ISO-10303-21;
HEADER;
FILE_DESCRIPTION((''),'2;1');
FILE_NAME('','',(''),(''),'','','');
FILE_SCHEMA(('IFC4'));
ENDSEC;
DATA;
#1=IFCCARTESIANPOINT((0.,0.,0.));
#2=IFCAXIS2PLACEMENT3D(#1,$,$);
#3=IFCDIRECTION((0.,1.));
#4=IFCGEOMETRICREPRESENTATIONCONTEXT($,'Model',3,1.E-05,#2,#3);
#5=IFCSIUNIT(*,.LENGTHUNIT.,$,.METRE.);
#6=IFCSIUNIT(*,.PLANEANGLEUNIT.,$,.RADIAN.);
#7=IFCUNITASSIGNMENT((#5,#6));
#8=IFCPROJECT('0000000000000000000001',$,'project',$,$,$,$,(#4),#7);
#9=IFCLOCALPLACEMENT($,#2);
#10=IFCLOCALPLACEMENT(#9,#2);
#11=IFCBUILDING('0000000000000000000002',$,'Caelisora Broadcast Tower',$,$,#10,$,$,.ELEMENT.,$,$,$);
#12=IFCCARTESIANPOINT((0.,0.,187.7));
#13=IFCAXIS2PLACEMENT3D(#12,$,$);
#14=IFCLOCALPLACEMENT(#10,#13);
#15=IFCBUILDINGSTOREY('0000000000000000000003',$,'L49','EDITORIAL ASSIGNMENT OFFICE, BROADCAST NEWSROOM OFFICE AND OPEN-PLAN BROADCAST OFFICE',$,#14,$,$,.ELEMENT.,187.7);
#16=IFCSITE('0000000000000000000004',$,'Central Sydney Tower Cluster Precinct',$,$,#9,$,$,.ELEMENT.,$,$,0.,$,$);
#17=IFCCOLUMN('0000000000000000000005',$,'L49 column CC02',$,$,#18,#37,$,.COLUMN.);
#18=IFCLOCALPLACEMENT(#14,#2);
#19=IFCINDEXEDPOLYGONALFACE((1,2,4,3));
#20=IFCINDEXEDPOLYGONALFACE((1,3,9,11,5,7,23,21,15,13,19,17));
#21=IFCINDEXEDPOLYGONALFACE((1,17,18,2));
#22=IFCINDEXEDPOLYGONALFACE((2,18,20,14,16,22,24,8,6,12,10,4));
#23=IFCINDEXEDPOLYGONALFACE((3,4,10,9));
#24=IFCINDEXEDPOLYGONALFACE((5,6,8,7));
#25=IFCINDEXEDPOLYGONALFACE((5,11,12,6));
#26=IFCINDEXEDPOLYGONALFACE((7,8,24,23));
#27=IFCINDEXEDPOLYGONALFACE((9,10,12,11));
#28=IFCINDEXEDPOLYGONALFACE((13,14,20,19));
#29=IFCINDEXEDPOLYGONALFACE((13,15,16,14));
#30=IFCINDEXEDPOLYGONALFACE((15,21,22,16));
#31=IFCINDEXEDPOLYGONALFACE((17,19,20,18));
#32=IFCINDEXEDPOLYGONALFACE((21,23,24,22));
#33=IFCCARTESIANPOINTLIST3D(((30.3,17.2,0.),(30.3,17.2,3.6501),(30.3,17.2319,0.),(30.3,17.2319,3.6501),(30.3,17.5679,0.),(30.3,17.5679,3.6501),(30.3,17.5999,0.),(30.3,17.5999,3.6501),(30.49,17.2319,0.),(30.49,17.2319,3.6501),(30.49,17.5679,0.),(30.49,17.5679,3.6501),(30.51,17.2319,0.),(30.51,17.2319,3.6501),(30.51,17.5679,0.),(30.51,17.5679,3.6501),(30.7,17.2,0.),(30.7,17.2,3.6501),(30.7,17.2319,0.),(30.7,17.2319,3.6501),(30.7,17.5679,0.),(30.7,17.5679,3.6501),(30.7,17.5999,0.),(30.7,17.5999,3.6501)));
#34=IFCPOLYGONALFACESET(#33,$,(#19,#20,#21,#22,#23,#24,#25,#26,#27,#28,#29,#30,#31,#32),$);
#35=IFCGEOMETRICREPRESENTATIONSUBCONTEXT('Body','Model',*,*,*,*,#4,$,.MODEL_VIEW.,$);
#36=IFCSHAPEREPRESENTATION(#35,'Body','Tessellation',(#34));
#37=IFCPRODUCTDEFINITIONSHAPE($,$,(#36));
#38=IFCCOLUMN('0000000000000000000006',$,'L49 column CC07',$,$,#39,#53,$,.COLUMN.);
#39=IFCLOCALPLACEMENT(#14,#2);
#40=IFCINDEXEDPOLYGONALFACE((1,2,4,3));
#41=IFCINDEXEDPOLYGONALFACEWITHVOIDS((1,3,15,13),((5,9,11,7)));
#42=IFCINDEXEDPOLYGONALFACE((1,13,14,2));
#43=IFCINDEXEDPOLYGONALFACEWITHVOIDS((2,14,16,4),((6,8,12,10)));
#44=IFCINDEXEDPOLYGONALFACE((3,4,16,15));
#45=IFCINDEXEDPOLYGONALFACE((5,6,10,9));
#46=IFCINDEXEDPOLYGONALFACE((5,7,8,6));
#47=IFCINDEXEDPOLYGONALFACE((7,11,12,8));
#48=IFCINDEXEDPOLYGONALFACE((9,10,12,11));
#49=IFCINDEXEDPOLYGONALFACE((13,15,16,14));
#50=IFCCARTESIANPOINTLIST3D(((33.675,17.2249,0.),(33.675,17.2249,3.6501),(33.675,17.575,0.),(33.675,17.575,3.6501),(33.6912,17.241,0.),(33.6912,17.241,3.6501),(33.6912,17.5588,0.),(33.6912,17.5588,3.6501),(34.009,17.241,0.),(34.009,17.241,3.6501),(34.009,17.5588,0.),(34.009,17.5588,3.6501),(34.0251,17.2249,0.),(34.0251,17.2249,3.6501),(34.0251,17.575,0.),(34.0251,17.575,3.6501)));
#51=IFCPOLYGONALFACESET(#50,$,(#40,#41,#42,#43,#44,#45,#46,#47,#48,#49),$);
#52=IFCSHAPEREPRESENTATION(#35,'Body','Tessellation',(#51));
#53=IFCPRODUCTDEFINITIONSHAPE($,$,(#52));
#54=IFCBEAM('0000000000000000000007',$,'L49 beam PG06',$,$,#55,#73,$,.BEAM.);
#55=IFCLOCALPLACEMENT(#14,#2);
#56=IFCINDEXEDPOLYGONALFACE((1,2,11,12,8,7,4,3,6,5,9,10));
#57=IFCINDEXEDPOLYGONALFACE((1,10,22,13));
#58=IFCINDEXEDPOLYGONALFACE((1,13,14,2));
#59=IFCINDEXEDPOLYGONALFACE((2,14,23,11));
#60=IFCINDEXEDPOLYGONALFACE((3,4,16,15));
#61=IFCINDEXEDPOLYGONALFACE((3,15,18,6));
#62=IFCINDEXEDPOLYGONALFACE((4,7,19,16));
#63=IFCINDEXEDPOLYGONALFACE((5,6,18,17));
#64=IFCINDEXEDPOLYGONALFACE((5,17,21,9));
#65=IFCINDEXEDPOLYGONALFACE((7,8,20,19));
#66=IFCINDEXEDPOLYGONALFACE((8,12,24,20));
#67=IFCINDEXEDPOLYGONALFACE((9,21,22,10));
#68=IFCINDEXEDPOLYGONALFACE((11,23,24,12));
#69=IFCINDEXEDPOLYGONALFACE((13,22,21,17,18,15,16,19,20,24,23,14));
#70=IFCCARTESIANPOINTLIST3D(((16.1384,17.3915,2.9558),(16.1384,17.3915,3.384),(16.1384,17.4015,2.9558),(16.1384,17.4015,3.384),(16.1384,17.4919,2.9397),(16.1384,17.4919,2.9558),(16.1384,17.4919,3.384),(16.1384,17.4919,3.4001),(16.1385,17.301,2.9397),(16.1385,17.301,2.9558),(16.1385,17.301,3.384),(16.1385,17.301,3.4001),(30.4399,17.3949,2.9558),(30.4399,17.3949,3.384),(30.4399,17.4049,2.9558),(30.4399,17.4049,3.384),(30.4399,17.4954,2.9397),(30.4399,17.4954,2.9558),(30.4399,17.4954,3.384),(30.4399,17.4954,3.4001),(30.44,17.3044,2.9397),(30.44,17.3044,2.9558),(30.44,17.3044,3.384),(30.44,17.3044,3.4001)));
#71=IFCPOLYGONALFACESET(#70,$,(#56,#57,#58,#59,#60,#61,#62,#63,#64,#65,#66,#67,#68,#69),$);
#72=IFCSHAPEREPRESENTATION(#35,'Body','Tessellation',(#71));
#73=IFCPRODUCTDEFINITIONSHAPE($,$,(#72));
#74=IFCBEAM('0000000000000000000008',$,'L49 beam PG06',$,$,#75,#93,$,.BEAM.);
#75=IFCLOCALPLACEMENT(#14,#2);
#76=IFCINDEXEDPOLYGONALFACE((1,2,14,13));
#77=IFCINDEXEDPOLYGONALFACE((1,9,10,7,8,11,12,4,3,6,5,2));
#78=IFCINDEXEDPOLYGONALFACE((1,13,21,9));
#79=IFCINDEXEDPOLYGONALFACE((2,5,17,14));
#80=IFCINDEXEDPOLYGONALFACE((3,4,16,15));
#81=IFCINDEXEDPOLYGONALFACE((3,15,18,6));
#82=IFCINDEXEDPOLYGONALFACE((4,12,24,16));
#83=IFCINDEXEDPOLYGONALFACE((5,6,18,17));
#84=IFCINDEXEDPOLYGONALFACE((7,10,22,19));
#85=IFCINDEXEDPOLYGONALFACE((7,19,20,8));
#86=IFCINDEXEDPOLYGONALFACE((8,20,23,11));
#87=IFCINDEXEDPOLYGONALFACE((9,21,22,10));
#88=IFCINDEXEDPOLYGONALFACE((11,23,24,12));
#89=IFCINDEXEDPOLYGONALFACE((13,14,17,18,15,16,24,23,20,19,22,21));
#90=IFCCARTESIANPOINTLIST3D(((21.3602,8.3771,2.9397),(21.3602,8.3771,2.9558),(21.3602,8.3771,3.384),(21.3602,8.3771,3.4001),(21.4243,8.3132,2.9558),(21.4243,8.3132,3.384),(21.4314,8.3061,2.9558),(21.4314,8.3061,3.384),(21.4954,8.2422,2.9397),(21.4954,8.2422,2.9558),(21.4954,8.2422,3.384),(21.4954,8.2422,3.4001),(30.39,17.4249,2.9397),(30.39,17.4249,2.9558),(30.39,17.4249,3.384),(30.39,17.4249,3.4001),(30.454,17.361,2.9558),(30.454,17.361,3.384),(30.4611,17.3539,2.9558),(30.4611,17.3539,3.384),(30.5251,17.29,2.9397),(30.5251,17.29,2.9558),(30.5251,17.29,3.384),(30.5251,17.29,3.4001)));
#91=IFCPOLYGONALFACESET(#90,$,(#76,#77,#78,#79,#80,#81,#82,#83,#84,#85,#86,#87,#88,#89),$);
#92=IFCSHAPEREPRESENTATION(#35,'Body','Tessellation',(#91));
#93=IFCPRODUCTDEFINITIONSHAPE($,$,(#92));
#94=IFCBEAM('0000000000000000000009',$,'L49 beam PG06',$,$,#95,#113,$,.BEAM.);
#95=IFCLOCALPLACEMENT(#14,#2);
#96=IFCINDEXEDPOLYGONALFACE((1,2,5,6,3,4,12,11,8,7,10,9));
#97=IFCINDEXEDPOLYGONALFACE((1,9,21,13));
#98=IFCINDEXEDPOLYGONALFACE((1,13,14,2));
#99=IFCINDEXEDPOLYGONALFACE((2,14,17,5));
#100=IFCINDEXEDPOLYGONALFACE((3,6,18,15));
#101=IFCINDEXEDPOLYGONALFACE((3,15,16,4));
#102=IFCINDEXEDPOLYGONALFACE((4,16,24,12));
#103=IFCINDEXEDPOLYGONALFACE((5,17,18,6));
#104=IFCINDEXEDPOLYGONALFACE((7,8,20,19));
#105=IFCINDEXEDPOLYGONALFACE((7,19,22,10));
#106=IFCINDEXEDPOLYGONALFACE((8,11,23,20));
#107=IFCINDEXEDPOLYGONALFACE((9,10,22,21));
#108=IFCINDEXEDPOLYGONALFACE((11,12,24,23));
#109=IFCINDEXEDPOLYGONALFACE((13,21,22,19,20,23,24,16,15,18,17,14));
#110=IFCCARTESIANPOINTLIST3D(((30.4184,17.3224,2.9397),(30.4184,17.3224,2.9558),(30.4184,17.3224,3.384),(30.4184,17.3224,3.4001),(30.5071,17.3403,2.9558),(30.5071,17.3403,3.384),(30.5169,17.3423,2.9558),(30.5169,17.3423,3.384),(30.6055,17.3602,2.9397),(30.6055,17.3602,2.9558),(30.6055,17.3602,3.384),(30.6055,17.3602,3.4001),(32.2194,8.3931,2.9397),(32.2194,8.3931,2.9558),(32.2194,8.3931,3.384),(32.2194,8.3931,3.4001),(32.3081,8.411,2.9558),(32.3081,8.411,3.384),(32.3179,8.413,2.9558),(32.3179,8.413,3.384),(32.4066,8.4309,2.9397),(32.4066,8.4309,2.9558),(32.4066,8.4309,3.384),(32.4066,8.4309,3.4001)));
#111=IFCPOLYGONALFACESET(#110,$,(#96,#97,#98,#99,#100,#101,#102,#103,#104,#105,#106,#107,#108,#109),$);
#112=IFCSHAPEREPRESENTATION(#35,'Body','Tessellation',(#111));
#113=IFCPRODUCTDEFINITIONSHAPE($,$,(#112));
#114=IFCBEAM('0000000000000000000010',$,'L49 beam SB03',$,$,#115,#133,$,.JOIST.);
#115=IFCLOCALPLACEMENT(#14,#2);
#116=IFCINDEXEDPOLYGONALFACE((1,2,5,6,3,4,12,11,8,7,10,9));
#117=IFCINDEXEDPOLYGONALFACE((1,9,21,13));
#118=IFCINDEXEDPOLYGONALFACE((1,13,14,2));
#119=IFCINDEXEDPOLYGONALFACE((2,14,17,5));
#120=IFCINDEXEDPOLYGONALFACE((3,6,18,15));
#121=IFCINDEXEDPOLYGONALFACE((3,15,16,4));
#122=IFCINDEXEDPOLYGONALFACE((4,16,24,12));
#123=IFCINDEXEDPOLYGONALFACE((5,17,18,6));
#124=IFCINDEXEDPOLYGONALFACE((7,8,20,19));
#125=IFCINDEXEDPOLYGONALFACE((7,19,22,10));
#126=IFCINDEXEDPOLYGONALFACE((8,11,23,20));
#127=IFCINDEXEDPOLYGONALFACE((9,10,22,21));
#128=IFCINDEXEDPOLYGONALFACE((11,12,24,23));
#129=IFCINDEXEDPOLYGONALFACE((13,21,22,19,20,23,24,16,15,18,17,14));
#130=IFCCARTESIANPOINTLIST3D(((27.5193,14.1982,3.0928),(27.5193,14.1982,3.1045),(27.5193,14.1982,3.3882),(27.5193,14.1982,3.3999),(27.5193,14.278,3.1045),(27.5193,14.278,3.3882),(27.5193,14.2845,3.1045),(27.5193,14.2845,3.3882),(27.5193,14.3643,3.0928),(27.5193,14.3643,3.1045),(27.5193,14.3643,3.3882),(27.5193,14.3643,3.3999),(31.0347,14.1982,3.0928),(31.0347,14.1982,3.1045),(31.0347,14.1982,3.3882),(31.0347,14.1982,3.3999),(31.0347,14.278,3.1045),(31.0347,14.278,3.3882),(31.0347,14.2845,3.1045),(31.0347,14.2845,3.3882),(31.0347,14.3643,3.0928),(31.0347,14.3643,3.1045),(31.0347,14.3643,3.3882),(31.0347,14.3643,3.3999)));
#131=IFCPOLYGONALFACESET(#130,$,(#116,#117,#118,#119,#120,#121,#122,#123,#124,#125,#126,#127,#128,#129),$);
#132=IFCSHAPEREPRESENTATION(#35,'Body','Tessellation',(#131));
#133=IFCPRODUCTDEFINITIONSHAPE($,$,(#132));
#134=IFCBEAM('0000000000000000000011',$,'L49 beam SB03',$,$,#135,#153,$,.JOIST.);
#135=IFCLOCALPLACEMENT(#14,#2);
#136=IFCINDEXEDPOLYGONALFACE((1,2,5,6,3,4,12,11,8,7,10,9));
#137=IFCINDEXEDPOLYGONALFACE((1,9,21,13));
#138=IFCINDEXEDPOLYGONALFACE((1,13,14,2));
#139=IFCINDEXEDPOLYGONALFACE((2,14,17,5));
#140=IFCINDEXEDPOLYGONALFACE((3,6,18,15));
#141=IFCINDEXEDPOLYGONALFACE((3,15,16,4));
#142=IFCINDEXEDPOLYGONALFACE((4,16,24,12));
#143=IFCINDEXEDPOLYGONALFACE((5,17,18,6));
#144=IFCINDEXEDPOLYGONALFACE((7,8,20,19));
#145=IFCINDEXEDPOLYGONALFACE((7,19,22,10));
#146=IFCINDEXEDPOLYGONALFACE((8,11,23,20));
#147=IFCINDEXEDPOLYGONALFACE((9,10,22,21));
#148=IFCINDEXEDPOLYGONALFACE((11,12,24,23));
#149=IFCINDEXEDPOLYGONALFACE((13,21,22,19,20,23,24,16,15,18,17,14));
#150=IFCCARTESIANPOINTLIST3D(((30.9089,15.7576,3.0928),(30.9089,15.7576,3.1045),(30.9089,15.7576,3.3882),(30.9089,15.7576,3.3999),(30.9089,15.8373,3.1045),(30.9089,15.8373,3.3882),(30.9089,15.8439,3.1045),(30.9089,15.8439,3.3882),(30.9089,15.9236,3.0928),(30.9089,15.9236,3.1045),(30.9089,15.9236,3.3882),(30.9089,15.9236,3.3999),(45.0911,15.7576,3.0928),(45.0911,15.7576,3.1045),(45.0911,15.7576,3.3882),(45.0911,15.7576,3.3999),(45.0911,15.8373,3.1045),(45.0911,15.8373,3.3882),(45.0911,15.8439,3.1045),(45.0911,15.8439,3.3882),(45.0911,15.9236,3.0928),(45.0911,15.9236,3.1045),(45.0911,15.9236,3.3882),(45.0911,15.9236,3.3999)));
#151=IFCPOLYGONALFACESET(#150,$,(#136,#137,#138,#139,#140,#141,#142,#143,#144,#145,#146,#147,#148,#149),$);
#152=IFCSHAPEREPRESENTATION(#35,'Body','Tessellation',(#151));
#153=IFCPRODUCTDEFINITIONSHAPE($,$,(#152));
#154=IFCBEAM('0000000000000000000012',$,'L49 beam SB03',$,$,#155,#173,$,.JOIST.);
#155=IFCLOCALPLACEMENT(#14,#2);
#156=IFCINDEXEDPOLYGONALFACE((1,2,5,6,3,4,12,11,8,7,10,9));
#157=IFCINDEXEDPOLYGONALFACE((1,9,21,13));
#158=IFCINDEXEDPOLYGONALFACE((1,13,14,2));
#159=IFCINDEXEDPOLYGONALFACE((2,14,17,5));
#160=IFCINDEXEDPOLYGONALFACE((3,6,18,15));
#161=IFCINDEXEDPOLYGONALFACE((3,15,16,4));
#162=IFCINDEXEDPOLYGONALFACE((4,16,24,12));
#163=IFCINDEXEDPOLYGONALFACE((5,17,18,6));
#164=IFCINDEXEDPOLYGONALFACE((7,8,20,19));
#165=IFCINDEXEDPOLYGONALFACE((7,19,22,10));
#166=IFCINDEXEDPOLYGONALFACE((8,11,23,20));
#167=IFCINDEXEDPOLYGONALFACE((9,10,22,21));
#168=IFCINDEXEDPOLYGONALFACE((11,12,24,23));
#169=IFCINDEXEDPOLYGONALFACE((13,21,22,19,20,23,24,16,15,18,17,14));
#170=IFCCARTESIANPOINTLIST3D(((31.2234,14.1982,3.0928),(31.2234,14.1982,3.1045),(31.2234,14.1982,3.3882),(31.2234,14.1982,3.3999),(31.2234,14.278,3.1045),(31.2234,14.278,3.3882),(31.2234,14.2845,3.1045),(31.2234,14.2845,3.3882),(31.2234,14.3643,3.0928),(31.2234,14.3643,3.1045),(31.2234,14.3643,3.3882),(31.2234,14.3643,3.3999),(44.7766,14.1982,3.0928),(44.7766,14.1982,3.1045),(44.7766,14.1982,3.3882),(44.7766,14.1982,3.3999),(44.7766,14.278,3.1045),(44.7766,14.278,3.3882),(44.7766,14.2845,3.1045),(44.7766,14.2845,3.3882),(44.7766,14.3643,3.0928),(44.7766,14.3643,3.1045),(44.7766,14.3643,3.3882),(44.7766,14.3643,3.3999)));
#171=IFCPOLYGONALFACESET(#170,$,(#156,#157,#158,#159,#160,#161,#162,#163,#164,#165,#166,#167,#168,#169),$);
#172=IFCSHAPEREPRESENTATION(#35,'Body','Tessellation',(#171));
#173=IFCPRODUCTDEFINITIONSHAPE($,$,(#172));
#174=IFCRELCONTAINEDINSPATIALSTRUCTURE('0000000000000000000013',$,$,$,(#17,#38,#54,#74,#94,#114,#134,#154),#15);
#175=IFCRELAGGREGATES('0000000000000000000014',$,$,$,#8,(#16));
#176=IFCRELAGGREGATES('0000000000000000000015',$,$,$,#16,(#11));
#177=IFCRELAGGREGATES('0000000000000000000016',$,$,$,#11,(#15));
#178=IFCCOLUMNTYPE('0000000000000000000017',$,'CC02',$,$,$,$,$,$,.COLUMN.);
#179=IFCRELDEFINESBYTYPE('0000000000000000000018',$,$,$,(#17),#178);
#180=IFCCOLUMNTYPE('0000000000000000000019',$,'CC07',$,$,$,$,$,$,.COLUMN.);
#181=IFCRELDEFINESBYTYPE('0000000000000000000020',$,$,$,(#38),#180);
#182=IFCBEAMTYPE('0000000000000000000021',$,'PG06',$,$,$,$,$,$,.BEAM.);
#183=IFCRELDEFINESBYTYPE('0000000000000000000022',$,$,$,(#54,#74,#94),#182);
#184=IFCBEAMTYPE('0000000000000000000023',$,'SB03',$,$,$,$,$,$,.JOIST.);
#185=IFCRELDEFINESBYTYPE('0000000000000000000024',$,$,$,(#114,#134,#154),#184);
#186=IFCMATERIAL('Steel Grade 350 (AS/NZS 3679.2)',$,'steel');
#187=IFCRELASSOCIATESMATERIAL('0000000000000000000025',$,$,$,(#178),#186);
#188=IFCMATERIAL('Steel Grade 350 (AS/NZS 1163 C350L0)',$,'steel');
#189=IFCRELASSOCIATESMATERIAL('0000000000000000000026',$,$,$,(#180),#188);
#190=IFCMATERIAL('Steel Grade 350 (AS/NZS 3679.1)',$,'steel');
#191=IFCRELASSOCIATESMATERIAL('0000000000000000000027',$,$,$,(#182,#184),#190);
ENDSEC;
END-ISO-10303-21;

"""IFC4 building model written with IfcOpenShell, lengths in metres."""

from ifc_helpers import new_model, si_unit, direction, frame, origin, origin_2d, place, context, subcontext, project, spatial, hollow_rectangle, i_section, extrude, source, transform, mapped, material, material_profile, profile_set, type_object, type_shapes, element, save


model = new_model("IFC4")

# Units and contexts
model_context = context("Model", 3, precision=1e-05, world=origin(), true_north=direction((0.0, 1.0)))
body_context = subcontext(model_context, "Body", "Model", "MODEL_VIEW")
ifc_project = project(units=[si_unit("LENGTHUNIT", "METRE"), si_unit("PLANEANGLEUNIT", "RADIAN")], contexts=[model_context])

# Site, building, storey
site_placement = place(None, origin())
site = spatial("IfcSite", under=ifc_project, at=site_placement, Name="Central Sydney Tower Cluster Precinct", CompositionType="ELEMENT", RefElevation=0.0)
building_placement = place(site_placement, origin())
building = spatial("IfcBuilding", under=site, at=building_placement, Name="Caelisora Broadcast Tower", CompositionType="ELEMENT")
storey_placement = place(building_placement, frame((0.0, 0.0, 187.7)))
storey = spatial("IfcBuildingStorey", under=building, at=storey_placement, Name="L49", Description="EDITORIAL ASSIGNMENT OFFICE, BROADCAST NEWSROOM OFFICE AND OPEN-PLAN BROADCAST OFFICE", CompositionType="ELEMENT", Elevation=187.7)

# Columns
ifc_material_1 = material(Name="Steel Grade 350 (AS/NZS 3679.2)", Category="steel")
ifc_material_profile_1 = material_profile(ifc_material_1, i_section(OverallWidth=0.3999, OverallDepth=0.3999, WebThickness=0.02, FlangeThickness=0.032, at=origin_2d()), Name="Steel Grade 350 (AS/NZS 3679.2)")
ifc_profile_set_1 = profile_set([ifc_material_profile_1], Name="Steel Grade 350 (AS/NZS 3679.2)")
column_type_1 = type_object("IfcColumnType", Name="CC02", PredefinedType="COLUMN", material=ifc_profile_set_1)
shared_shape_1 = source(origin(), body_context, "Body", "SweptSolid", [
    extrude(i_section(OverallWidth=0.3999, OverallDepth=0.3999, WebThickness=0.02, FlangeThickness=0.032, at=origin_2d()), origin(), (0.0, 0.0, 1.0), 3.6501),
])
type_shapes(column_type_1, [shared_shape_1])
column_1_placement = place(storey_placement, frame((30.5, 17.3999, 0.0), z_axis=(0.0, 0.0, 1.0), x_axis=(1.0, 0.0, 0.0)))
element("IfcColumn", 1, at=column_1_placement, inside=storey, type_object=column_type_1, Name="L49 column CC02", PredefinedType="COLUMN", context=body_context, shape_type="MappedRepresentation", body=[
    mapped(shared_shape_1, transform((0.0, 0.0, 0.0), scale=1.0)),
])
ifc_material_2 = material(Name="Steel Grade 350 (AS/NZS 1163 C350L0)", Category="steel")
ifc_material_profile_2 = material_profile(ifc_material_2, hollow_rectangle(XDim=0.3501, YDim=0.3501, WallThickness=0.0161, at=origin_2d()), Name="Steel Grade 350 (AS/NZS 1163 C350L0)")
ifc_profile_set_2 = profile_set([ifc_material_profile_2], Name="Steel Grade 350 (AS/NZS 1163 C350L0)")
column_type_2 = type_object("IfcColumnType", Name="CC07", PredefinedType="COLUMN", material=ifc_profile_set_2)
shared_shape_2 = source(origin(), body_context, "Body", "SweptSolid", [
    extrude(hollow_rectangle(XDim=0.3501, YDim=0.3501, WallThickness=0.0161, at=origin_2d()), origin(), (0.0, 0.0, 1.0), 3.6501),
])
type_shapes(column_type_2, [shared_shape_2])
column_2_placement = place(storey_placement, frame((33.8501, 17.3999, 0.0), z_axis=(0.0, 0.0, 1.0), x_axis=(1.0, 0.0, 0.0)))
element("IfcColumn", 2, at=column_2_placement, inside=storey, type_object=column_type_2, Name="L49 column CC07", PredefinedType="COLUMN", context=body_context, shape_type="MappedRepresentation", body=[
    mapped(shared_shape_2, transform((0.0, 0.0, 0.0), scale=1.0)),
])

# Beams
ifc_material_3 = material(Name="Steel Grade 350 (AS/NZS 3679.1)", Category="steel")
ifc_material_profile_3 = material_profile(ifc_material_3, i_section(OverallWidth=0.1909, OverallDepth=0.4604, WebThickness=0.01, FlangeThickness=0.0161, at=origin_2d()), Name="Steel Grade 350 (AS/NZS 3679.1)")
ifc_profile_set_3 = profile_set([ifc_material_profile_3], Name="Steel Grade 350 (AS/NZS 3679.1)")
beam_type_1 = type_object("IfcBeamType", Name="PG06", PredefinedType="BEAM", material=ifc_profile_set_3)
shared_shape_3 = source(origin(), body_context, "Body", "SweptSolid", [
    extrude(i_section(OverallWidth=0.1909, OverallDepth=0.4604, WebThickness=0.01, FlangeThickness=0.0161, at=origin_2d()), origin(), (0.0, 0.0, 1.0), 14.3015),
])
beam_1_placement = place(storey_placement, frame((30.4399, 17.3999, 3.1699), z_axis=(-1.0, -0.000239, 0.0), x_axis=(0.000239, -1.0, 0.0)))
element("IfcBeam", 3, at=beam_1_placement, inside=storey, type_object=beam_type_1, Name="L49 beam PG06", PredefinedType="BEAM", context=body_context, shape_type="MappedRepresentation", body=[
    mapped(shared_shape_3, transform((0.0, 0.0, 0.0), scale=1.0)),
])
shared_shape_4 = source(origin(), body_context, "Body", "SweptSolid", [
    extrude(i_section(OverallWidth=0.1909, OverallDepth=0.4604, WebThickness=0.01, FlangeThickness=0.0161, at=origin_2d()), origin(), (0.0, 0.0, 1.0), 12.7827),
])
beam_2_placement = place(storey_placement, frame((30.4575, 17.3574, 3.1699), z_axis=(-0.7064, -0.707813, 0.0), x_axis=(0.707813, -0.7064, 0.0)))
element("IfcBeam", 4, at=beam_2_placement, inside=storey, type_object=beam_type_1, Name="L49 beam PG06", PredefinedType="BEAM", context=body_context, shape_type="MappedRepresentation", body=[
    mapped(shared_shape_4, transform((0.0, 0.0, 0.0), scale=1.0)),
])
shared_shape_5 = source(origin(), body_context, "Body", "SweptSolid", [
    extrude(i_section(OverallWidth=0.1909, OverallDepth=0.4604, WebThickness=0.01, FlangeThickness=0.0161, at=origin_2d()), origin(), (0.0, 0.0, 1.0), 9.1091),
])
type_shapes(beam_type_1, [shared_shape_3, shared_shape_4, shared_shape_5])
beam_3_placement = place(storey_placement, frame((30.512, 17.3413, 3.1699), z_axis=(0.197719, -0.980259, 0.0), x_axis=(0.980259, 0.197719, 0.0)))
element("IfcBeam", 5, at=beam_3_placement, inside=storey, type_object=beam_type_1, Name="L49 beam PG06", PredefinedType="BEAM", context=body_context, shape_type="MappedRepresentation", body=[
    mapped(shared_shape_5, transform((0.0, 0.0, 0.0), scale=1.0)),
])
ifc_material_profile_4 = material_profile(ifc_material_3, i_section(OverallWidth=0.166, OverallDepth=0.3071, WebThickness=0.0066, FlangeThickness=0.0117, at=origin_2d()), Name="Steel Grade 350 (AS/NZS 3679.1)")
ifc_profile_set_4 = profile_set([ifc_material_profile_4], Name="Steel Grade 350 (AS/NZS 3679.1)")
beam_type_2 = type_object("IfcBeamType", Name="SB03", PredefinedType="JOIST", material=ifc_profile_set_4)
shared_shape_6 = source(origin(), body_context, "Body", "SweptSolid", [
    extrude(i_section(OverallWidth=0.166, OverallDepth=0.3071, WebThickness=0.0066, FlangeThickness=0.0117, at=origin_2d()), origin(), (0.0, 0.0, 1.0), 3.5154),
])
beam_4_placement = place(storey_placement, frame((27.5193, 14.2812, 3.2463), z_axis=(1.0, 0.0, 0.0), x_axis=(0.0, 1.0, 0.0)))
element("IfcBeam", 6, at=beam_4_placement, inside=storey, type_object=beam_type_2, Name="L49 beam SB03", PredefinedType="JOIST", context=body_context, shape_type="MappedRepresentation", body=[
    mapped(shared_shape_6, transform((0.0, 0.0, 0.0), scale=1.0)),
])
shared_shape_7 = source(origin(), body_context, "Body", "SweptSolid", [
    extrude(i_section(OverallWidth=0.166, OverallDepth=0.3071, WebThickness=0.0066, FlangeThickness=0.0117, at=origin_2d()), origin(), (0.0, 0.0, 1.0), 14.1821),
])
beam_5_placement = place(storey_placement, frame((30.9089, 15.8406, 3.2463), z_axis=(1.0, 0.0, 0.0), x_axis=(0.0, 1.0, 0.0)))
element("IfcBeam", 7, at=beam_5_placement, inside=storey, type_object=beam_type_2, Name="L49 beam SB03", PredefinedType="JOIST", context=body_context, shape_type="MappedRepresentation", body=[
    mapped(shared_shape_7, transform((0.0, 0.0, 0.0), scale=1.0)),
])
shared_shape_8 = source(origin(), body_context, "Body", "SweptSolid", [
    extrude(i_section(OverallWidth=0.166, OverallDepth=0.3071, WebThickness=0.0066, FlangeThickness=0.0117, at=origin_2d()), origin(), (0.0, 0.0, 1.0), 13.5532),
])
type_shapes(beam_type_2, [shared_shape_6, shared_shape_7, shared_shape_8])
beam_6_placement = place(storey_placement, frame((31.2234, 14.2812, 3.2463), z_axis=(1.0, 0.0, 0.0), x_axis=(0.0, 1.0, 0.0)))
element("IfcBeam", 8, at=beam_6_placement, inside=storey, type_object=beam_type_2, Name="L49 beam SB03", PredefinedType="JOIST", context=body_context, shape_type="MappedRepresentation", body=[
    mapped(shared_shape_8, transform((0.0, 0.0, 0.0), scale=1.0)),
])

save(model, "model.ifc")
